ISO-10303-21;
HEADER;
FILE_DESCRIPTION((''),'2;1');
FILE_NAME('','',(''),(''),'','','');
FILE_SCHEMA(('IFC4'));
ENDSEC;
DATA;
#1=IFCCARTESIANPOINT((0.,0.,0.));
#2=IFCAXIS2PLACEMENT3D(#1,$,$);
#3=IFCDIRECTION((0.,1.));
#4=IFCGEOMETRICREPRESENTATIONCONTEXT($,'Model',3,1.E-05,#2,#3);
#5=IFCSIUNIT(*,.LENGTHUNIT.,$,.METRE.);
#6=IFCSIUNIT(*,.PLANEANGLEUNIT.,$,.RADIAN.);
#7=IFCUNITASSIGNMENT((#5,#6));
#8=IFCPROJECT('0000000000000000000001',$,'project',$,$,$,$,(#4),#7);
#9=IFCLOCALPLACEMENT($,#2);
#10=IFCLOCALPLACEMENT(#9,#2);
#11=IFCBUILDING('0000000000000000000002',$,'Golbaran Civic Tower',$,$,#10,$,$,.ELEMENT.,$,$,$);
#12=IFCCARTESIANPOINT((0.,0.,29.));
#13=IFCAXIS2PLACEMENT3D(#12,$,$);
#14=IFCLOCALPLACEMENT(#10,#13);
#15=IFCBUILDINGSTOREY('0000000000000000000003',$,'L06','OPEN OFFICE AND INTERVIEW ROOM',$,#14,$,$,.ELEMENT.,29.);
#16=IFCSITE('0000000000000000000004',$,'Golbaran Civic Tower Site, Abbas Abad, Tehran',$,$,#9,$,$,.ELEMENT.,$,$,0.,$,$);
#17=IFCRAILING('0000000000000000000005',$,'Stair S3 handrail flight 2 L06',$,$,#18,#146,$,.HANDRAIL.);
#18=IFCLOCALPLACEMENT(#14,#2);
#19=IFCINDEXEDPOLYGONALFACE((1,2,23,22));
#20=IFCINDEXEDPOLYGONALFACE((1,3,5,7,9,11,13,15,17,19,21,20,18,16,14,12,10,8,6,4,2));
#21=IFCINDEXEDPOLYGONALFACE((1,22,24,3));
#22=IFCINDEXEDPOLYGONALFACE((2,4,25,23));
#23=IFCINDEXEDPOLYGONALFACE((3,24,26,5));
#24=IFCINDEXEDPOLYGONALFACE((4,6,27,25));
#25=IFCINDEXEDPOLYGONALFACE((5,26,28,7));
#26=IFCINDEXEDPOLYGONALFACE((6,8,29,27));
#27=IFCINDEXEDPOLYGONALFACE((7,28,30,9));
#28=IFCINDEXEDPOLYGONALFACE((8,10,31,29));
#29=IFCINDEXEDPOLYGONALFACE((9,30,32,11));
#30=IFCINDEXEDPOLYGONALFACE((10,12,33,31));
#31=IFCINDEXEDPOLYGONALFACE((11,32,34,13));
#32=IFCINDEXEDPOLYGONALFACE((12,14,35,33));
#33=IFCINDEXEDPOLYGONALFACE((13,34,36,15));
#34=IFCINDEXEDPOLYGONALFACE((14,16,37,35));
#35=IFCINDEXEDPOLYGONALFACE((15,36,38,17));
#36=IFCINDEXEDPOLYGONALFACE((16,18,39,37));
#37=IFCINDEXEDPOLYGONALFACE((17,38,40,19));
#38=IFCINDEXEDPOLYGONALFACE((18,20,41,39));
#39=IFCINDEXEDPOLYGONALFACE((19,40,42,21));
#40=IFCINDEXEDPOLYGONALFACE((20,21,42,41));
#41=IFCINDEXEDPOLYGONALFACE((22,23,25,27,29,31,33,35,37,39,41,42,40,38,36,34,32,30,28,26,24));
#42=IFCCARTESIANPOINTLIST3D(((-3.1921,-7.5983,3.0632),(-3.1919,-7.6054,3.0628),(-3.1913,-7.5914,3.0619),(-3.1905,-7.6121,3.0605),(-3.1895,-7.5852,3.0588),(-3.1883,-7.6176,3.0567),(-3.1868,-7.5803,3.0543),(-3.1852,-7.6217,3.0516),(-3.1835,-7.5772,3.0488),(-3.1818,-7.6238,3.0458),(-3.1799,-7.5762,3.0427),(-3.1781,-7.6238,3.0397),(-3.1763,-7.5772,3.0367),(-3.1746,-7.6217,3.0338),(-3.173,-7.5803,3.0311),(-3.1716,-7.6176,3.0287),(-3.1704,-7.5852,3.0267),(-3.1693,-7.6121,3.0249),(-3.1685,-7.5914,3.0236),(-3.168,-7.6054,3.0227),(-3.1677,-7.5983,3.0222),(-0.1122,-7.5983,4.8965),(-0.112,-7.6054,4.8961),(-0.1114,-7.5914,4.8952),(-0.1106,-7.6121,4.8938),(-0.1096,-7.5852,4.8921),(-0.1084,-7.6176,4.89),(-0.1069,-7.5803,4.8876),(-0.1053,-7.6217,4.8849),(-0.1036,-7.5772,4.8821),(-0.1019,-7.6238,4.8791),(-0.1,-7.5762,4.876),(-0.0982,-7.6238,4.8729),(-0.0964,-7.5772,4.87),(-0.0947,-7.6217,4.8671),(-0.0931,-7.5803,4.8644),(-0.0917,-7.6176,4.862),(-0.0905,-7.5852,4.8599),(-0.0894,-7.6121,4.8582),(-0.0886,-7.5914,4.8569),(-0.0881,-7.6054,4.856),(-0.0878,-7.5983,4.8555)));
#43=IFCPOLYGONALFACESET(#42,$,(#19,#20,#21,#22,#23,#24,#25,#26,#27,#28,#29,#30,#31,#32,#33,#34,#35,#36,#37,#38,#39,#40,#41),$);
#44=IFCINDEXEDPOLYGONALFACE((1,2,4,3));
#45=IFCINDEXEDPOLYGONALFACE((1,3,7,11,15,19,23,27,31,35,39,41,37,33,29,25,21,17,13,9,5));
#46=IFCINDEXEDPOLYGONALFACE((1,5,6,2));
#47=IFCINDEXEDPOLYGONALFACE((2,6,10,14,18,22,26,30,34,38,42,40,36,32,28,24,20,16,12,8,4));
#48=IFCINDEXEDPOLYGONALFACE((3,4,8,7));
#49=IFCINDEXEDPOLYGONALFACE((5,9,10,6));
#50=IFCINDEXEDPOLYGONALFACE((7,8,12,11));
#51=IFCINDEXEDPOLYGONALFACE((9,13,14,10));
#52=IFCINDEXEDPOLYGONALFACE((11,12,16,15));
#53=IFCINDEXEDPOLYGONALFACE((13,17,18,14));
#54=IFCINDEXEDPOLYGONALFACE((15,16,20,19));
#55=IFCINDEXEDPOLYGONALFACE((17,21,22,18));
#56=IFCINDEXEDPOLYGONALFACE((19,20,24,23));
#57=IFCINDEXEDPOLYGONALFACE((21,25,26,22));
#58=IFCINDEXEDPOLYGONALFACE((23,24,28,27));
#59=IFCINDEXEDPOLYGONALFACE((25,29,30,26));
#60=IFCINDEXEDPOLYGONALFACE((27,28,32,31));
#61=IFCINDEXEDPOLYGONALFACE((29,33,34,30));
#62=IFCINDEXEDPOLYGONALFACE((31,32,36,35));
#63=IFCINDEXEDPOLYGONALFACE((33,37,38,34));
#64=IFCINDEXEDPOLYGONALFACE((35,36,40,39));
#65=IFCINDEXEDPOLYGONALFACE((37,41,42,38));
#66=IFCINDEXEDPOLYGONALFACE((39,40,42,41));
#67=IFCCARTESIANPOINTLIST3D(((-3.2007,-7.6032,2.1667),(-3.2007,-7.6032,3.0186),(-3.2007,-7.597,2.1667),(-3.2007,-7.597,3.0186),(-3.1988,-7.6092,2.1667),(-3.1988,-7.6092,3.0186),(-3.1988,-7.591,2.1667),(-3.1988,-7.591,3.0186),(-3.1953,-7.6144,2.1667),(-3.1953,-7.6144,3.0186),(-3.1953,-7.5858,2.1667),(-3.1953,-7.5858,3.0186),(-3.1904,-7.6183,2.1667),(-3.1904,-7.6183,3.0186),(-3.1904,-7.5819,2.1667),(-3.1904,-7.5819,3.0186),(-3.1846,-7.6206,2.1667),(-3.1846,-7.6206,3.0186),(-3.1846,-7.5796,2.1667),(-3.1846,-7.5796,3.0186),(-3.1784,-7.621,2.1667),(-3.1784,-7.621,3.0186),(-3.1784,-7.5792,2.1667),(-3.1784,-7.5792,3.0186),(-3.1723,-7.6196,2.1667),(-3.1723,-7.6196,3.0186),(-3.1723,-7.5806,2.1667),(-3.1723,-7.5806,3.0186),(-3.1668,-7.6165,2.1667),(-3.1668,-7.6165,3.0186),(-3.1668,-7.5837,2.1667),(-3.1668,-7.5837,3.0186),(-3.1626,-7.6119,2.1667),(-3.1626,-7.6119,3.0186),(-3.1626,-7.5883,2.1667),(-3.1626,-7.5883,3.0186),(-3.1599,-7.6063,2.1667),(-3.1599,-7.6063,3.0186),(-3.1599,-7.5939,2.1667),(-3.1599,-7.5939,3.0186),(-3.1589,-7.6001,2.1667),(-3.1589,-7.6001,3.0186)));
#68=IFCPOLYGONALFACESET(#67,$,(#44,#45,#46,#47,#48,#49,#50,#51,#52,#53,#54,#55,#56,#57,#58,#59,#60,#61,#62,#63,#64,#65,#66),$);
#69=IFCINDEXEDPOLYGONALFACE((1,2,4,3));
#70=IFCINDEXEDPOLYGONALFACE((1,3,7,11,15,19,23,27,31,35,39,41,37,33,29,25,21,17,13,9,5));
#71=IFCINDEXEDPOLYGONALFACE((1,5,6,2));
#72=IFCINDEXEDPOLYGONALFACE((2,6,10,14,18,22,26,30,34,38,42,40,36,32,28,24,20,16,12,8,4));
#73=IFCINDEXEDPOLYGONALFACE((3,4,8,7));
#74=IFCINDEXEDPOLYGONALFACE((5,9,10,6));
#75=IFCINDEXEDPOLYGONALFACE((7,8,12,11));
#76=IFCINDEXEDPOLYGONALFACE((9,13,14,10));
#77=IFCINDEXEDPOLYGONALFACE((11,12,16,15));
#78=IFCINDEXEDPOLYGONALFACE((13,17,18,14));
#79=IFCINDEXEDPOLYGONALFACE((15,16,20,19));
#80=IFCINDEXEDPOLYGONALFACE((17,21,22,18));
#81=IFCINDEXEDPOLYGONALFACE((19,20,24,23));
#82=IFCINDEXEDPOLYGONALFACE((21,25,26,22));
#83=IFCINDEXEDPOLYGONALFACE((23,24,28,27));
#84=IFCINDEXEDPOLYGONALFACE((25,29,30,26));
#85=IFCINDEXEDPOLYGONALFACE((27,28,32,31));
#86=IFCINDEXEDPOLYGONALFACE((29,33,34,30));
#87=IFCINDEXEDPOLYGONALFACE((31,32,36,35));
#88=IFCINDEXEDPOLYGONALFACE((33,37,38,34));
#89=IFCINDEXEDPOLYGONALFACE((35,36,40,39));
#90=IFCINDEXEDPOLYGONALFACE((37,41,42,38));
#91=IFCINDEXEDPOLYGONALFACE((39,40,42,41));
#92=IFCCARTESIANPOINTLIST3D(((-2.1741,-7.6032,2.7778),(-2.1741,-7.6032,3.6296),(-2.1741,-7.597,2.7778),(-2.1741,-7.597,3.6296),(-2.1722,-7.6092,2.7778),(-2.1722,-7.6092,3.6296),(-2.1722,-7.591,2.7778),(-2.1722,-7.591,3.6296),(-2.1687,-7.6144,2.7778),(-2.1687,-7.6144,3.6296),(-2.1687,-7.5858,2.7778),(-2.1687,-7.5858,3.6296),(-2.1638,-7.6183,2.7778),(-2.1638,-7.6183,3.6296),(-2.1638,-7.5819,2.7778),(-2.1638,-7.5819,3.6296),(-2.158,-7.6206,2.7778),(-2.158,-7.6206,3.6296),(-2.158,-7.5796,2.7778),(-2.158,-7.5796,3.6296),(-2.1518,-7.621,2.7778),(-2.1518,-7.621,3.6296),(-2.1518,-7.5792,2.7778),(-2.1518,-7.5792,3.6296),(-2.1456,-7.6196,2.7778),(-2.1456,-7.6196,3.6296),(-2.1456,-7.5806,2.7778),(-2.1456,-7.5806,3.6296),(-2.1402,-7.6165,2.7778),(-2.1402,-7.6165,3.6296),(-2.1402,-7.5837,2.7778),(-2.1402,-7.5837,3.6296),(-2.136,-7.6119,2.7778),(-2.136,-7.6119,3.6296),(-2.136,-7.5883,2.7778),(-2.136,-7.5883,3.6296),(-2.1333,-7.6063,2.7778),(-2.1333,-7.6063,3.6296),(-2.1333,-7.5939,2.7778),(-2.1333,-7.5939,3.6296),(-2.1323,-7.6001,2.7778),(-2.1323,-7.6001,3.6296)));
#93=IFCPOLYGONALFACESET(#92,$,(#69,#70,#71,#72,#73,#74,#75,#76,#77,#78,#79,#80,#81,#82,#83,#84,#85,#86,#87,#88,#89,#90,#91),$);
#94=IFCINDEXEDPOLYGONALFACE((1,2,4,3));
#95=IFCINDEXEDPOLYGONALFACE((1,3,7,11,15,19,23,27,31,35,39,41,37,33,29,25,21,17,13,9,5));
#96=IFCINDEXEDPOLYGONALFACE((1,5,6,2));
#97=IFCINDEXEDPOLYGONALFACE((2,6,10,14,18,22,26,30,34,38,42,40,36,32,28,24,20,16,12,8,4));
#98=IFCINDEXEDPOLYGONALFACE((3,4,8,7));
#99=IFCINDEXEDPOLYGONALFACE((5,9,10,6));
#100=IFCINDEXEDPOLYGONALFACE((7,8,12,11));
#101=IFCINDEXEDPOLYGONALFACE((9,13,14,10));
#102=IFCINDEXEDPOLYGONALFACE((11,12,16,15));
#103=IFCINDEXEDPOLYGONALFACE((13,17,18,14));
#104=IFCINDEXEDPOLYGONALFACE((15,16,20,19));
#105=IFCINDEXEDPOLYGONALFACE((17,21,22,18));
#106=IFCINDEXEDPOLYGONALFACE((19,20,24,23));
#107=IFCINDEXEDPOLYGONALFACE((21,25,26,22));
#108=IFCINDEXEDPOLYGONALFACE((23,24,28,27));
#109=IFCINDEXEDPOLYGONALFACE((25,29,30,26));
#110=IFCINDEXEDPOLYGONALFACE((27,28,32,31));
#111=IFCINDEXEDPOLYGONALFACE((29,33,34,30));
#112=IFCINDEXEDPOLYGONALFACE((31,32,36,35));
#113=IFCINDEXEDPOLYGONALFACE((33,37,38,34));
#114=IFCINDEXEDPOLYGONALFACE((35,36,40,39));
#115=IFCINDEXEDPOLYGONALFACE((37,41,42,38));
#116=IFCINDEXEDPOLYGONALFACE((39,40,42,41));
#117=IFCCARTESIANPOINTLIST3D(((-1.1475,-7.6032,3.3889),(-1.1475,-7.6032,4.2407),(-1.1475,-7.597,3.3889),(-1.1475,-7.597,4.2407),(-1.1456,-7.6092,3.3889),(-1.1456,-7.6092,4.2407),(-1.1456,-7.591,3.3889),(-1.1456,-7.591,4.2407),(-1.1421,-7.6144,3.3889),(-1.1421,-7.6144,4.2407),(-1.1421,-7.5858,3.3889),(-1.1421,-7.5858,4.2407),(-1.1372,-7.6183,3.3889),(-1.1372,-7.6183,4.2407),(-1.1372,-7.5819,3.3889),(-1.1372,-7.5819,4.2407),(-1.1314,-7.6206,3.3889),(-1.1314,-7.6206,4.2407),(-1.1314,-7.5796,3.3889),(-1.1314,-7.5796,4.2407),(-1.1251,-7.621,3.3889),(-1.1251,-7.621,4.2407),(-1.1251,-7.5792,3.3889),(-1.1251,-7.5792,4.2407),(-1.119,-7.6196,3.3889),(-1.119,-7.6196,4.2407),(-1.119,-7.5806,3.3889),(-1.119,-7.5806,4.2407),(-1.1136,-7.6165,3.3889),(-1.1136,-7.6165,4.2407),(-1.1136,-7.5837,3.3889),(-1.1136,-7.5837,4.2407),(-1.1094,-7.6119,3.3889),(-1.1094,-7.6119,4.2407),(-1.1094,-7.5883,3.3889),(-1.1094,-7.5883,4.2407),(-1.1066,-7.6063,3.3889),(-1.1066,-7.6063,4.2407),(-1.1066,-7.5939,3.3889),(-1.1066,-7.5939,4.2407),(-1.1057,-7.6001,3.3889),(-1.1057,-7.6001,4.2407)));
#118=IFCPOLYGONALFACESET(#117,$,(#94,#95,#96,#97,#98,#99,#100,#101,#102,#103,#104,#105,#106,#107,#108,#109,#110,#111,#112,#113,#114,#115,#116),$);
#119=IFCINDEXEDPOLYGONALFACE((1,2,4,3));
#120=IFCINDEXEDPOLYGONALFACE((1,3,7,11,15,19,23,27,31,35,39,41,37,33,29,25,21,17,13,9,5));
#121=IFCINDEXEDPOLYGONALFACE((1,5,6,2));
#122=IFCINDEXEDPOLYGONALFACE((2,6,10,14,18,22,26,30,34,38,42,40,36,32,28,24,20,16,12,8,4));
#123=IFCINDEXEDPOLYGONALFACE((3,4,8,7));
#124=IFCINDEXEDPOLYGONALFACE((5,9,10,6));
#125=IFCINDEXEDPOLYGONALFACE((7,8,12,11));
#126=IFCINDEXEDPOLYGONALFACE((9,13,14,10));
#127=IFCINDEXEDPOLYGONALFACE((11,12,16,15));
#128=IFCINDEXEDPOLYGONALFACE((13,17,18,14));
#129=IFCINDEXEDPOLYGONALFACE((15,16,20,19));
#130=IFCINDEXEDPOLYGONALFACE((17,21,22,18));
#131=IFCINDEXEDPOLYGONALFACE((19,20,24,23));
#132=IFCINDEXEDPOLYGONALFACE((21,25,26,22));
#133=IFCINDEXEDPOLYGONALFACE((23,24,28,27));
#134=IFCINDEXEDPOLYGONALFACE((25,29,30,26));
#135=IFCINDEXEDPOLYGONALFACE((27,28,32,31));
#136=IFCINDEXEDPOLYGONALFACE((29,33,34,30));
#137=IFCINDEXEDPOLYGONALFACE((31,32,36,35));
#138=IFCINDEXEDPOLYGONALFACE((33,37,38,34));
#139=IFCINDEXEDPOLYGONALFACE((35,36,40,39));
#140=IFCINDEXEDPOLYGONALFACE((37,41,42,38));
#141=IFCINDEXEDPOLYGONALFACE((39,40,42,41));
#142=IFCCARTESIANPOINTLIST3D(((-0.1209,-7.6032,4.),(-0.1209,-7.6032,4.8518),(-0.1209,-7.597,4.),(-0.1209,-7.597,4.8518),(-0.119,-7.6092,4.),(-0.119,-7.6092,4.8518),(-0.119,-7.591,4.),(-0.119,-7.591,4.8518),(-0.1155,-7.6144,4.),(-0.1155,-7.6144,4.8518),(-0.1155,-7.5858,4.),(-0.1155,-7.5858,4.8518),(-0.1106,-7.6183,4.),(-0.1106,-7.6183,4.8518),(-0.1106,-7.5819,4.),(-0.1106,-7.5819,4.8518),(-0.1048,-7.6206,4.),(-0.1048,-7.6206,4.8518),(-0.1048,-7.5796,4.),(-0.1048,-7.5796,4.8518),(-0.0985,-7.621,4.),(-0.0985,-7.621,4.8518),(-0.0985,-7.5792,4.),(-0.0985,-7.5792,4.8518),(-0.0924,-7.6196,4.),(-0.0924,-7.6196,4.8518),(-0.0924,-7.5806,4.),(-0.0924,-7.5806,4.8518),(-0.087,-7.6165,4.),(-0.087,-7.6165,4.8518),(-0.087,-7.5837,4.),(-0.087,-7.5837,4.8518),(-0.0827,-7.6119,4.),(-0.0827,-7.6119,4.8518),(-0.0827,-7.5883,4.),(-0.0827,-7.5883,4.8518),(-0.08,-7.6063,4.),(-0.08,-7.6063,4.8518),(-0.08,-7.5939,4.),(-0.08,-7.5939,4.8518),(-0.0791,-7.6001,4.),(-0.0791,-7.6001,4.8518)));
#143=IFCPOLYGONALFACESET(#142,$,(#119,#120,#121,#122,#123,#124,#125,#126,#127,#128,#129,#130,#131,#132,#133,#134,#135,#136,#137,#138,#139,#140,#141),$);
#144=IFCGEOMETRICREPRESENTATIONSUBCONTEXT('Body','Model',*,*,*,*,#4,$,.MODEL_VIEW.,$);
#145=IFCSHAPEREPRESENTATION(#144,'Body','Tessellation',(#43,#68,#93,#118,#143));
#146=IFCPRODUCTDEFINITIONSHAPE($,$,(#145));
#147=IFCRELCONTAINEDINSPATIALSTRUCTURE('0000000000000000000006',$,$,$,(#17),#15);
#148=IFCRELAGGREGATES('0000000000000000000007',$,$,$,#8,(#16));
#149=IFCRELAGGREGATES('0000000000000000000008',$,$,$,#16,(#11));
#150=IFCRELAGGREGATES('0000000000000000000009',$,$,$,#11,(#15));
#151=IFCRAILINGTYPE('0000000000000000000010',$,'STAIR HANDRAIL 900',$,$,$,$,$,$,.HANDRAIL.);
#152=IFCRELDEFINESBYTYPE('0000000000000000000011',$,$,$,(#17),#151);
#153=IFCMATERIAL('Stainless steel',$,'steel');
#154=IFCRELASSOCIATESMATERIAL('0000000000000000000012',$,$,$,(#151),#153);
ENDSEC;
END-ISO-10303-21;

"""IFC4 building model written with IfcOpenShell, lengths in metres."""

from ifc_helpers import new_model, si_unit, direction, frame, origin, origin_2d, place, context, subcontext, project, spatial, circle, extrude, material, type_object, element, save


model = new_model("IFC4")

# Units and contexts
model_context = context("Model", 3, precision=1e-05, world=origin(), true_north=direction((0.0, 1.0)))
body_context = subcontext(model_context, "Body", "Model", "MODEL_VIEW")
ifc_project = project(units=[si_unit("LENGTHUNIT", "METRE"), si_unit("PLANEANGLEUNIT", "RADIAN")], contexts=[model_context])

# Site, building, storey
site_placement = place(None, origin())
site = spatial("IfcSite", under=ifc_project, at=site_placement, Name="Golbaran Civic Tower Site, Abbas Abad, Tehran", CompositionType="ELEMENT", RefElevation=0.0)
building_placement = place(site_placement, origin())
building = spatial("IfcBuilding", under=site, at=building_placement, Name="Golbaran Civic Tower", CompositionType="ELEMENT")
storey_placement = place(building_placement, frame((0.0, 0.0, 29.0)))
storey = spatial("IfcBuildingStorey", under=building, at=storey_placement, Name="L06", Description="OPEN OFFICE AND INTERVIEW ROOM", CompositionType="ELEMENT", Elevation=29.0)

# Shared definitions
ifc_material_1 = material(Name="Stainless steel", Category="steel")

# Railing
railing_type = type_object("IfcRailingType", Name="STAIR HANDRAIL 900", PredefinedType="HANDRAIL", material=ifc_material_1)
railing_1_placement = place(storey_placement, frame((-3.1799, -7.6001, 2.1667)))
element("IfcRailing", 1, at=railing_1_placement, inside=storey, type_object=railing_type, Name="Stair S3 handrail flight 2 L06", PredefinedType="HANDRAIL", context=body_context, shape_type="SweptSolid", body=[
    extrude(circle(Radius=0.0239, at=origin_2d()), frame((0.0, 0.0, 0.876), z_axis=(0.859291, 0.0, 0.511487), x_axis=(0.0, 1.0, 0.0)), (0.0, 0.0, 1.0), 3.5842),
    extrude(circle(Radius=0.021, at=origin_2d()), origin(), (0.0, 0.0, 1.0), 0.8518),
    extrude(circle(Radius=0.021, at=origin_2d()), frame((1.0266, 0.0, 0.6111)), (0.0, 0.0, 1.0), 0.8518),
    extrude(circle(Radius=0.021, at=origin_2d()), frame((2.0532, 0.0, 1.2222)), (0.0, 0.0, 1.0), 0.8518),
    extrude(circle(Radius=0.021, at=origin_2d()), frame((3.0798, 0.0, 1.8333)), (0.0, 0.0, 1.0), 0.8518),
])

save(model, "model.ifc")
